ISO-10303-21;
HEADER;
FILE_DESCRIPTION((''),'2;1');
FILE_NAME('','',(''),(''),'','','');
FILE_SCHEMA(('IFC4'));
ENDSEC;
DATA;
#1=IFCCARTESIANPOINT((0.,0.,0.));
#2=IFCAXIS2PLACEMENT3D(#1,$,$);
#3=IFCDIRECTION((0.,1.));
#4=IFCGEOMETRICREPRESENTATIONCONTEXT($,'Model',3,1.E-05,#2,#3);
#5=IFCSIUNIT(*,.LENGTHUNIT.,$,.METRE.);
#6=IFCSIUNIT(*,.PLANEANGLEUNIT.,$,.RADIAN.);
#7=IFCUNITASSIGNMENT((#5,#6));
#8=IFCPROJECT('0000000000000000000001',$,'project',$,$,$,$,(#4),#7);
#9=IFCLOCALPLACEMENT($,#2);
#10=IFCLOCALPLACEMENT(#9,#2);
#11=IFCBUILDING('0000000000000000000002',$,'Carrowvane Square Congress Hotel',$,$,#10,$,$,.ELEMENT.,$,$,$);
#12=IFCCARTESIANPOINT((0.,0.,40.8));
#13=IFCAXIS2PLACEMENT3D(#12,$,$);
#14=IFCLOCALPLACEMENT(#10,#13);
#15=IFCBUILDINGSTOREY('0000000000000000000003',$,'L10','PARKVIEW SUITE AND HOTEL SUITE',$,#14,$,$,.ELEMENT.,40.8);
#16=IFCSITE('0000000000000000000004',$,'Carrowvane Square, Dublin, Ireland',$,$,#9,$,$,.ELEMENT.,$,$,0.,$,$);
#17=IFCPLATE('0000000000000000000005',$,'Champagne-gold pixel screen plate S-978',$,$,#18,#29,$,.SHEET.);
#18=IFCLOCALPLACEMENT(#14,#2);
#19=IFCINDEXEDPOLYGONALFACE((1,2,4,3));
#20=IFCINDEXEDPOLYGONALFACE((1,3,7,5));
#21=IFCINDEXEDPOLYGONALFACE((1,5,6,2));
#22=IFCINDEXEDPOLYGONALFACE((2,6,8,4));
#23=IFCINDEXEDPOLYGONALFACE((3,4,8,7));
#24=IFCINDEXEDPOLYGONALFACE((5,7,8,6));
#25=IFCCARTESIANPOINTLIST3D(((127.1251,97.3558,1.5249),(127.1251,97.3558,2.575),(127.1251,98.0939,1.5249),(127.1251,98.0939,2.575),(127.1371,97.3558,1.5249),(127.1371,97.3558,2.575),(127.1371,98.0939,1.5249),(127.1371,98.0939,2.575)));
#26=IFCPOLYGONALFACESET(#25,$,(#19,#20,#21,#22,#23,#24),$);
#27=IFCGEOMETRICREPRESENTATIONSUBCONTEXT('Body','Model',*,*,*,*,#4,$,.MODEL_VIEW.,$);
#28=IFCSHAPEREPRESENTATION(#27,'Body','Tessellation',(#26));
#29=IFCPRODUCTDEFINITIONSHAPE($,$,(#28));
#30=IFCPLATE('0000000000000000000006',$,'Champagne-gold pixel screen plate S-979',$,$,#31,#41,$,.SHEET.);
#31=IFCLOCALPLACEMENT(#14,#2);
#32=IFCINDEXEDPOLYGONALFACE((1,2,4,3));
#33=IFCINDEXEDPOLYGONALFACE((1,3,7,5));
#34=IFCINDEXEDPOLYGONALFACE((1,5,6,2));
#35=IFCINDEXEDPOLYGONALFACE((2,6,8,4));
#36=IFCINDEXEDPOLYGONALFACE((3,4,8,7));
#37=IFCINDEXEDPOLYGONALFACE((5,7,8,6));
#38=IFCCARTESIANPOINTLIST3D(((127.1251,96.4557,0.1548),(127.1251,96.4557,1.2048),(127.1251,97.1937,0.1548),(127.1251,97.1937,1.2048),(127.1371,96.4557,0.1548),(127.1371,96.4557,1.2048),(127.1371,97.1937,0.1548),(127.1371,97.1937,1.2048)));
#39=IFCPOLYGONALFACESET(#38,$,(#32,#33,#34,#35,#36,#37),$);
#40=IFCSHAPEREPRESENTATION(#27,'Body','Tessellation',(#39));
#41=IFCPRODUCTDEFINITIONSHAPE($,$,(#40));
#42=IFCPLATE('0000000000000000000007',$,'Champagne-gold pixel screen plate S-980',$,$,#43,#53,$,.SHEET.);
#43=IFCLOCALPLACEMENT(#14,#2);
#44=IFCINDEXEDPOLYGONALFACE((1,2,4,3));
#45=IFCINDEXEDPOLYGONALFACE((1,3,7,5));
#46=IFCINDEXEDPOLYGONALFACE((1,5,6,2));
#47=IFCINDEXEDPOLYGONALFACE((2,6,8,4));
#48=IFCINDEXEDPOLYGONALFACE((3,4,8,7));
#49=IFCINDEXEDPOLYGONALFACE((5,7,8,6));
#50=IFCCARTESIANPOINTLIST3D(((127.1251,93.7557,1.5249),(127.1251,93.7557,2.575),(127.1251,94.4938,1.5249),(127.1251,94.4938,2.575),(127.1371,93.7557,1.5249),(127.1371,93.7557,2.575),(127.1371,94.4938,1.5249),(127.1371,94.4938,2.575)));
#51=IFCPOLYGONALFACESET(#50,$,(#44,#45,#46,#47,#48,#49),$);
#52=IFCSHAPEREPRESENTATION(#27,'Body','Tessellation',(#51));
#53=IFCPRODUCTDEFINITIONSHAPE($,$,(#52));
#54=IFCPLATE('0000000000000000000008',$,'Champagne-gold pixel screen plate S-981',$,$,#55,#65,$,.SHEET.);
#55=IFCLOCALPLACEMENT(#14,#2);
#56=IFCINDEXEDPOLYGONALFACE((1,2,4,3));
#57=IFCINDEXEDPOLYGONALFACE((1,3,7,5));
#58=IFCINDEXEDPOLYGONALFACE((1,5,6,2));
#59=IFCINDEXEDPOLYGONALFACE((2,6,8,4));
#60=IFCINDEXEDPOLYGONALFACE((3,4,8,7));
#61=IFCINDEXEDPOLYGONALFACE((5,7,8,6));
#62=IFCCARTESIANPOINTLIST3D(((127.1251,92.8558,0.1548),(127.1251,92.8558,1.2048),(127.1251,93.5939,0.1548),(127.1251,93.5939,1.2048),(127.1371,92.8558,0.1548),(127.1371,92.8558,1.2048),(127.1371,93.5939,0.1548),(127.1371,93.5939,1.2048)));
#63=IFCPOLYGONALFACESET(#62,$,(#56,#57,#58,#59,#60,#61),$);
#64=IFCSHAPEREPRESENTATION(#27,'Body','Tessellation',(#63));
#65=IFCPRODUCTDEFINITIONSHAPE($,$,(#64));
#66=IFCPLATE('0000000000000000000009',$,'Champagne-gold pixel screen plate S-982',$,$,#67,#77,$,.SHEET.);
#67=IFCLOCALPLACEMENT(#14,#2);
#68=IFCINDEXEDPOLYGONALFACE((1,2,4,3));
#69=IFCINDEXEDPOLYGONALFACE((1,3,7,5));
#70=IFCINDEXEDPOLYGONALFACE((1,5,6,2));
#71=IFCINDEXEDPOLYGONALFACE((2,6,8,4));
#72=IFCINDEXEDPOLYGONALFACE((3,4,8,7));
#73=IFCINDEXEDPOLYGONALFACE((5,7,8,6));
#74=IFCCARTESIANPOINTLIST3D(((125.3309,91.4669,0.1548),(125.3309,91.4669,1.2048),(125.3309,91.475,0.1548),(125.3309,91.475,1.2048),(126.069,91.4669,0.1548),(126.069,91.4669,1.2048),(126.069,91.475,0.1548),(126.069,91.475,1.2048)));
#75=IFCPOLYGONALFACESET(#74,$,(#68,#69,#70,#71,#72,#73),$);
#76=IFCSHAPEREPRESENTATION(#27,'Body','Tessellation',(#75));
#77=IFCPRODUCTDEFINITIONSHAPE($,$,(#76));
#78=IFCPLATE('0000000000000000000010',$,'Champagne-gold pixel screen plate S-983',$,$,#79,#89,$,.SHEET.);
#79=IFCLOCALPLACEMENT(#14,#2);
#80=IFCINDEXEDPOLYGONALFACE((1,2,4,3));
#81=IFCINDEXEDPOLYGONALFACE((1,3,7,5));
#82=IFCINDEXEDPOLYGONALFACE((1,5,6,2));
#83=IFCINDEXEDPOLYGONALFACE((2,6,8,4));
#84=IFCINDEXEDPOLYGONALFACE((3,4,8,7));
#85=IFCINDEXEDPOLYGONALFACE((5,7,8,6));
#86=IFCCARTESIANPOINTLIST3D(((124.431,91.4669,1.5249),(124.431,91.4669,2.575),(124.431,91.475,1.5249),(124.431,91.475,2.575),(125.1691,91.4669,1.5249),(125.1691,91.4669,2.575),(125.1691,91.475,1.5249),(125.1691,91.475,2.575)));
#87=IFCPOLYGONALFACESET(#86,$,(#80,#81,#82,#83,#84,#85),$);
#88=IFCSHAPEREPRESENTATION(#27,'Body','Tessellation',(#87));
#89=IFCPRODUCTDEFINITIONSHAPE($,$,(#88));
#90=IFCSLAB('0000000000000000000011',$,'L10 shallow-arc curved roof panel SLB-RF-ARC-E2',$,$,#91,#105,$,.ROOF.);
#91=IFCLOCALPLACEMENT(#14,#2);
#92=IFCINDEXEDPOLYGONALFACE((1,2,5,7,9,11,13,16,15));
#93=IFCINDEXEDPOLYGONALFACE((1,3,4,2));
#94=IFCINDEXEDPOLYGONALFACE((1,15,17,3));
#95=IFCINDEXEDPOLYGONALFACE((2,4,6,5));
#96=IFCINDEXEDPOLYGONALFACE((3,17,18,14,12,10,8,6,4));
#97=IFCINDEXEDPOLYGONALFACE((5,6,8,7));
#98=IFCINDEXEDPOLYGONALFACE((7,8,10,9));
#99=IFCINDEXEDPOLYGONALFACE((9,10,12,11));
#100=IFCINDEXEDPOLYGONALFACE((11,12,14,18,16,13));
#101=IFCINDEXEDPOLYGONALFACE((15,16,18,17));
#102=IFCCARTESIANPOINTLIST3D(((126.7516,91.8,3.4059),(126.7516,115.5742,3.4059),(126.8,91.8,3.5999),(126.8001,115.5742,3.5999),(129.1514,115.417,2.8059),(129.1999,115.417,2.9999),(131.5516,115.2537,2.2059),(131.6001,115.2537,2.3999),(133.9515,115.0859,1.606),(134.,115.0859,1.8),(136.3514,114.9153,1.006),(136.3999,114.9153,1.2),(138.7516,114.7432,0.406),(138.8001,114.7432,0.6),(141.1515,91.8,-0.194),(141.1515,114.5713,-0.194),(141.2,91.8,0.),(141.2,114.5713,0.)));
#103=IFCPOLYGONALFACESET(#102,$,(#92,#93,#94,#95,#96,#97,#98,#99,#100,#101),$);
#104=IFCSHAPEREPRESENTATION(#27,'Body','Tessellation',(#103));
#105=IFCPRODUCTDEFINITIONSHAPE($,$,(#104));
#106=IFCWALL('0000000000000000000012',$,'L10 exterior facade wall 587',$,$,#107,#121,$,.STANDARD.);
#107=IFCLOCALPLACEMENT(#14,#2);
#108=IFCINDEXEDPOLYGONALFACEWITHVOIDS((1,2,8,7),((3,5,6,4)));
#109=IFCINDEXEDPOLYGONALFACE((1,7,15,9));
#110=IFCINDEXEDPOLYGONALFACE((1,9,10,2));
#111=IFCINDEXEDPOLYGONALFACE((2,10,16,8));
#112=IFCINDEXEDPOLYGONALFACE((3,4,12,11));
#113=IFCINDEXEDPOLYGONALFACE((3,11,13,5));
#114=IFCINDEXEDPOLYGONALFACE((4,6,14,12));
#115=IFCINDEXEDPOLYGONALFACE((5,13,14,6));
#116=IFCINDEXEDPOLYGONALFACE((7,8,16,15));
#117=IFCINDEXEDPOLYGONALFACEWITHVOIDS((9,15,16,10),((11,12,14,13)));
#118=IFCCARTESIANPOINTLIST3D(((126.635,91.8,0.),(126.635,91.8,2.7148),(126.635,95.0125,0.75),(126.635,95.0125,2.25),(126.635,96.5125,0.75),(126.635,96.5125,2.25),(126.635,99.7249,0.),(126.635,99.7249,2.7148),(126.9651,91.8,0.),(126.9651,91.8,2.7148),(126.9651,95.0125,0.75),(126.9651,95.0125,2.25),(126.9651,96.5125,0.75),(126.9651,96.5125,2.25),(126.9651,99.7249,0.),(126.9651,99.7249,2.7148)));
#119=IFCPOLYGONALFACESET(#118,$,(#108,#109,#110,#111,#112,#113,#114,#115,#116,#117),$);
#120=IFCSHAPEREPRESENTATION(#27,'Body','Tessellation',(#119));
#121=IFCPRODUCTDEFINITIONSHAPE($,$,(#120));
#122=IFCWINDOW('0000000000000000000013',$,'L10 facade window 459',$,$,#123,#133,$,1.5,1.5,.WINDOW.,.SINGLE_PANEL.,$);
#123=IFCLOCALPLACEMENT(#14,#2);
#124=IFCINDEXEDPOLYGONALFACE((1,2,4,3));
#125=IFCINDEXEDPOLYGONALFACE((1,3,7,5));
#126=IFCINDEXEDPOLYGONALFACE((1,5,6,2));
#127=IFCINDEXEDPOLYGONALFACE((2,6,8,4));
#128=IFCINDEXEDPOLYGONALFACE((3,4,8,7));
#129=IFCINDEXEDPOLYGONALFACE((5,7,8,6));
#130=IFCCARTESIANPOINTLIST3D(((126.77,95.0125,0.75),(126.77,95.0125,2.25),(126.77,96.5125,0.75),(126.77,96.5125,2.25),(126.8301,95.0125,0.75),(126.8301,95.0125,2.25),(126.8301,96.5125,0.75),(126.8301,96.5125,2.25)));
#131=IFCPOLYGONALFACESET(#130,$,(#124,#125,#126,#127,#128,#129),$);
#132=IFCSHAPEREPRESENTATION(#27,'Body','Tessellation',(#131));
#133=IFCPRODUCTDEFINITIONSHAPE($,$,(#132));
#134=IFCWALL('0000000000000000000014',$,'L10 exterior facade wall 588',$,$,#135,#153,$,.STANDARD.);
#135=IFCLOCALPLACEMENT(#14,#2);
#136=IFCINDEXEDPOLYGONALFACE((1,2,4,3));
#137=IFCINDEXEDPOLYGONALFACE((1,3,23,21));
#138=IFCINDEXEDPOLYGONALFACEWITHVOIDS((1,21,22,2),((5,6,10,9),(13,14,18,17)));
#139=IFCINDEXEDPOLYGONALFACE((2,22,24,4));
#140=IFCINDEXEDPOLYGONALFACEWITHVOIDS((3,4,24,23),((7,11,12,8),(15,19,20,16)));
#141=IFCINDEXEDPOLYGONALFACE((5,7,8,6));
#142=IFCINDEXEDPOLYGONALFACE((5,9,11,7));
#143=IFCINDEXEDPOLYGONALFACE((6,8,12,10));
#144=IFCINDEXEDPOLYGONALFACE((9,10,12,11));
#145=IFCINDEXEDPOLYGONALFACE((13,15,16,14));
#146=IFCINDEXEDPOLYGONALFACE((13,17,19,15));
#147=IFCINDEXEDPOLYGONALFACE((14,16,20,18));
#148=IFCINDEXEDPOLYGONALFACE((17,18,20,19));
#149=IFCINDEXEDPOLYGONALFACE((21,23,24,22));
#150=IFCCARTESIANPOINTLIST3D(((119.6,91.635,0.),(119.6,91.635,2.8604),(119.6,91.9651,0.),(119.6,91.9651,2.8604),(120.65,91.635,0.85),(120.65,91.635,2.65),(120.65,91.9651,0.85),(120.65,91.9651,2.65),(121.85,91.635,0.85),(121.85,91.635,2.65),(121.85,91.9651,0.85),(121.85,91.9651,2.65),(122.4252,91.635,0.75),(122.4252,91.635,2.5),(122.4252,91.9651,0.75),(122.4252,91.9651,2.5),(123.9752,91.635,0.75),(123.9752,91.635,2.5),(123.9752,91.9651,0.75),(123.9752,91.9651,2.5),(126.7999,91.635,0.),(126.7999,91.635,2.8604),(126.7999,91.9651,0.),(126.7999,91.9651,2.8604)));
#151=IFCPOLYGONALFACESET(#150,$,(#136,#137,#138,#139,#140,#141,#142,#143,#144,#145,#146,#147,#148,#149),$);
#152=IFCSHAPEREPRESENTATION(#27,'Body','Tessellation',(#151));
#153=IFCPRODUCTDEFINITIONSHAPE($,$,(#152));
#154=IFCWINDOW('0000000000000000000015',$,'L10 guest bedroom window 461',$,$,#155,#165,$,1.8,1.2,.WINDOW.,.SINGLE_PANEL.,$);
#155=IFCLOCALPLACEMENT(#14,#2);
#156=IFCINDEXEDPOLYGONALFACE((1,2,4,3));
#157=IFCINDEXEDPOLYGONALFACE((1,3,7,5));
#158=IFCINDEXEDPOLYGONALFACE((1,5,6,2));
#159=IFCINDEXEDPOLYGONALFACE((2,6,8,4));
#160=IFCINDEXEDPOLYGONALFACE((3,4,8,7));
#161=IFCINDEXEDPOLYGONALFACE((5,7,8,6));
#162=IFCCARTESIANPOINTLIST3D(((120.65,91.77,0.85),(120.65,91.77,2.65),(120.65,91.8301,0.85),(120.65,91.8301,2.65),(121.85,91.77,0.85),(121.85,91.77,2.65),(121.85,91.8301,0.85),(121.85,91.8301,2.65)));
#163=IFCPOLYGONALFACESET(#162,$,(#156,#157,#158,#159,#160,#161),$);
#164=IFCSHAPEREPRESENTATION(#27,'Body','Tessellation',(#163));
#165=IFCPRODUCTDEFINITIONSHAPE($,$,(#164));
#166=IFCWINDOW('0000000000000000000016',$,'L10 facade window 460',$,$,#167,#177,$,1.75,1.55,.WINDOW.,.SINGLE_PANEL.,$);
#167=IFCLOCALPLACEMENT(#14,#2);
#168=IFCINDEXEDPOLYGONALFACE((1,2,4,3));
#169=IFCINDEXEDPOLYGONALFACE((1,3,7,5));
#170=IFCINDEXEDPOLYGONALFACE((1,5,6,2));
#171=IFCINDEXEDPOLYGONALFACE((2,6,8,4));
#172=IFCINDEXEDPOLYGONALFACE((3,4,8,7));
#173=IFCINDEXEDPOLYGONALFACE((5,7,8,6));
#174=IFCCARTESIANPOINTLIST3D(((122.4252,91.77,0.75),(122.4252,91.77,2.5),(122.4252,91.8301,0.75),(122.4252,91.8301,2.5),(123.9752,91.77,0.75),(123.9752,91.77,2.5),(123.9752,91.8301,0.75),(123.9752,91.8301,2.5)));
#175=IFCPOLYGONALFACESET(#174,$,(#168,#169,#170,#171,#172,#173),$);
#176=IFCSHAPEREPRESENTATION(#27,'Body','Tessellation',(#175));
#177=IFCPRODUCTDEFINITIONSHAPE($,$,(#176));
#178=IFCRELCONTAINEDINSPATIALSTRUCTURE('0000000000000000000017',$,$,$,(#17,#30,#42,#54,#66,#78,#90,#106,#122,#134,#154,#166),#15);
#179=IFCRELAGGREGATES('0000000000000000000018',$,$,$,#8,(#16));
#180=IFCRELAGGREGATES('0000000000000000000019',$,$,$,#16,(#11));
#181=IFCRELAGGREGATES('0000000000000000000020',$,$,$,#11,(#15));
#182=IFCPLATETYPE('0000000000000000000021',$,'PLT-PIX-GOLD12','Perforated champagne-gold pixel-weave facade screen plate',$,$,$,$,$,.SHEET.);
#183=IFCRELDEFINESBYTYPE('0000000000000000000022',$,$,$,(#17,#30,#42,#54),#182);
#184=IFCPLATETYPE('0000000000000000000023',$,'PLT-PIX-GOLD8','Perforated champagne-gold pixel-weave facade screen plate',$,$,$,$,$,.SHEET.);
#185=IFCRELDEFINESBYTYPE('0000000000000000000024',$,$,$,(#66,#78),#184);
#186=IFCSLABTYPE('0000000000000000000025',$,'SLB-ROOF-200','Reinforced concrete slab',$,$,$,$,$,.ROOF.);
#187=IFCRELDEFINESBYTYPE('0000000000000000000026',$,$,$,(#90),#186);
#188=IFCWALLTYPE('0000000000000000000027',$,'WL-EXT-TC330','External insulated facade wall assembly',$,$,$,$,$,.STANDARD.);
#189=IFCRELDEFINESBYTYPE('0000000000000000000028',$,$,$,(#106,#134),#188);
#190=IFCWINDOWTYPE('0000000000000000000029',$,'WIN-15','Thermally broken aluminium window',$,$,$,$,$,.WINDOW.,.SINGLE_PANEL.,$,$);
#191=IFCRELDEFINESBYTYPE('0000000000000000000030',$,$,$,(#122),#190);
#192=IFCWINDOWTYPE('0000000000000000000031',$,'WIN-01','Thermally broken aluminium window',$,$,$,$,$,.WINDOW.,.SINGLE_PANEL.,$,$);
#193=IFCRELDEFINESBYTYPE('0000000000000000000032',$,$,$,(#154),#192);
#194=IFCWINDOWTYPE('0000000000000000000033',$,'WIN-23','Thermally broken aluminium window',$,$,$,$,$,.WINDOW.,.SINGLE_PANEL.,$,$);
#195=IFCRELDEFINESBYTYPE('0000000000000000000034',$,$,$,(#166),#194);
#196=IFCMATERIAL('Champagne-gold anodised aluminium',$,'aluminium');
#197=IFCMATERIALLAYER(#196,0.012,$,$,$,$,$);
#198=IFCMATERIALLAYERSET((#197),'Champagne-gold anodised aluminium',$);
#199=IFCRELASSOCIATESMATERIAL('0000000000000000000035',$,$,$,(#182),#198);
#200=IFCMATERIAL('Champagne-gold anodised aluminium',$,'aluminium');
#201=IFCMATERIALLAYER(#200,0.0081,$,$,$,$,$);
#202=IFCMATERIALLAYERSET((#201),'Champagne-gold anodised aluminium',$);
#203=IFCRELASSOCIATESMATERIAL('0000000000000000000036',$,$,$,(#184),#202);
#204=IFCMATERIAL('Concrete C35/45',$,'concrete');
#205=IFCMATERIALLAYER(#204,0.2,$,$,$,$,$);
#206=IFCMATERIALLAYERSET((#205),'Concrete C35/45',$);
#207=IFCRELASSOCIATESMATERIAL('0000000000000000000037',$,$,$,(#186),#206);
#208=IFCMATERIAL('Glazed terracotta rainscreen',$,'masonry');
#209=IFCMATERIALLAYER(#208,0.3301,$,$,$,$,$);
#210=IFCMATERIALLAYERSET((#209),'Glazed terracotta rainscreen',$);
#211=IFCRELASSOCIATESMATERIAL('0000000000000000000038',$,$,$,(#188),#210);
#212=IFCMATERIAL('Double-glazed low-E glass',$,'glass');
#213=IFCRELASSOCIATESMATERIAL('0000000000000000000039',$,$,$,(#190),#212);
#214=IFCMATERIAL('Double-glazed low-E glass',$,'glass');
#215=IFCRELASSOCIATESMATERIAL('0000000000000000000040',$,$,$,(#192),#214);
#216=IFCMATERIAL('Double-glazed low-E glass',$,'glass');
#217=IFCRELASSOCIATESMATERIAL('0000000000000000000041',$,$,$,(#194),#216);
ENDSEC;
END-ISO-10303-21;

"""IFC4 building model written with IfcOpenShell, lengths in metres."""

from ifc_helpers import new_model, si_unit, direction, frame, frame_2d, origin, origin_2d, place, context, subcontext, project, spatial, polyline, rectangle, outline, extrude, material, layer, layer_set, type_object, element, fill, save


model = new_model("IFC4")

# Units and contexts
model_context = context("Model", 3, precision=1e-05, world=origin(), true_north=direction((0.0, 1.0)))
body_context = subcontext(model_context, "Body", "Model", "MODEL_VIEW")
ifc_project = project(units=[si_unit("LENGTHUNIT", "METRE"), si_unit("PLANEANGLEUNIT", "RADIAN")], contexts=[model_context])

# Site, building, storey
site_placement = place(None, origin())
site = spatial("IfcSite", under=ifc_project, at=site_placement, Name="Carrowvane Square, Dublin, Ireland", CompositionType="ELEMENT", RefElevation=0.0)
building_placement = place(site_placement, origin())
building = spatial("IfcBuilding", under=site, at=building_placement, Name="Carrowvane Square Congress Hotel", CompositionType="ELEMENT")
storey_placement = place(building_placement, frame((0.0, 0.0, 40.8)))
storey = spatial("IfcBuildingStorey", under=building, at=storey_placement, Name="L10", Description="PARKVIEW SUITE AND HOTEL SUITE", CompositionType="ELEMENT", Elevation=40.8)

# Plates
ifc_material_1 = material(Name="Champagne-gold anodised aluminium", Category="aluminium")
ifc_layer_1 = layer(ifc_material_1, 0.012)
ifc_layer_set_1 = layer_set([ifc_layer_1], Name="Champagne-gold anodised aluminium")
plate_type_1 = type_object("IfcPlateType", Name="PLT-PIX-GOLD12", Description="Perforated champagne-gold pixel-weave facade screen plate", PredefinedType="SHEET", material=ifc_layer_set_1)
for number, where, z_axis, x_axis, name in (
    (1, (127.1311, 97.7249, 1.5249), (0.0, 0.0, 1.0), (0.0, -1.0, 0.0), "Champagne-gold pixel screen plate S-978"),
    (2, (127.1311, 96.8247, 0.1548), (0.0, 0.0, 1.0), (0.0, -1.0, 0.0), "Champagne-gold pixel screen plate S-979"),
    (3, (127.1311, 94.1248, 1.5249), (0.0, 0.0, 1.0), (0.0, -1.0, 0.0), "Champagne-gold pixel screen plate S-980"),
    (4, (127.1311, 93.2249, 0.1548), (0.0, 0.0, 1.0), (0.0, -1.0, 0.0), "Champagne-gold pixel screen plate S-981"),
):
    element("IfcPlate", number, at=place(storey_placement, frame(where, z_axis=z_axis, x_axis=x_axis)), inside=storey, type_object=plate_type_1, Name=name, PredefinedType="SHEET", context=body_context, shape_type="SweptSolid", body=[
        extrude(rectangle(XDim=0.738, YDim=0.012, at=origin_2d()), origin(), (0.0, 0.0, 1.0), 1.05),
    ])
ifc_material_2 = material(Name="Champagne-gold anodised aluminium", Category="aluminium")
ifc_layer_2 = layer(ifc_material_2, 0.0081)
ifc_layer_set_2 = layer_set([ifc_layer_2], Name="Champagne-gold anodised aluminium")
plate_type_2 = type_object("IfcPlateType", Name="PLT-PIX-GOLD8", Description="Perforated champagne-gold pixel-weave facade screen plate", PredefinedType="SHEET", material=ifc_layer_set_2)
for number, where, z_axis, x_axis, name in (
    (5, (125.7, 91.4709, 0.1548), (0.0, 0.0, 1.0), (-1.0, 0.0, 0.0), "Champagne-gold pixel screen plate S-982"),
    (6, (124.8, 91.4709, 1.5249), (0.0, 0.0, 1.0), (-1.0, 0.0, 0.0), "Champagne-gold pixel screen plate S-983"),
):
    element("IfcPlate", number, at=place(storey_placement, frame(where, z_axis=z_axis, x_axis=x_axis)), inside=storey, type_object=plate_type_2, Name=name, PredefinedType="SHEET", context=body_context, shape_type="SweptSolid", body=[
        extrude(rectangle(XDim=0.738, YDim=0.0081, at=origin_2d()), origin(), (0.0, 0.0, 1.0), 1.05),
    ])

# Slab
ifc_material_3 = material(Name="Concrete C35/45", Category="concrete")
ifc_layer_3 = layer(ifc_material_3, 0.2)
ifc_layer_set_3 = layer_set([ifc_layer_3], Name="Concrete C35/45")
slab_type = type_object("IfcSlabType", Name="SLB-ROOF-200", Description="Reinforced concrete slab", PredefinedType="ROOF", material=ifc_layer_set_3)
slab_placement = place(storey_placement, frame((126.8, 91.8, 3.5999), z_axis=(0.242528, -0.000001, 0.970144), x_axis=(0.970144, 0.0, -0.242528)))
element("IfcSlab", 7, at=slab_placement, inside=storey, type_object=slab_type, Name="L10 shallow-arc curved roof panel SLB-RF-ARC-E2", PredefinedType="ROOF", context=body_context, shape_type="SweptSolid", body=[
    extrude(outline(polyline([(0.0, 0.0), (14.843, 0.0), (14.843, 22.7712), (12.3693, 22.9431), (9.8953, 23.1152), (7.4215, 23.2859), (4.9478, 23.4536), (2.4737, 23.6169), (0.0, 23.7742), (0.0, 0.0)])), origin(), (0.0, 0.0, -1.0), 0.2),
])

# Wall, opening, window
ifc_material_4 = material(Name="Glazed terracotta rainscreen", Category="masonry")
ifc_layer_4 = layer(ifc_material_4, 0.3301)
ifc_layer_set_4 = layer_set([ifc_layer_4], Name="Glazed terracotta rainscreen")
wall_type = type_object("IfcWallType", Name="WL-EXT-TC330", Description="External insulated facade wall assembly", PredefinedType="STANDARD", material=ifc_layer_set_4)
wall_1_placement = place(storey_placement, frame((126.8, 99.7249, 0.0), z_axis=(0.0, 0.0, 1.0), x_axis=(0.0, -1.0, 0.0)))
wall_1 = element("IfcWall", 8, at=wall_1_placement, inside=storey, type_object=wall_type, Name="L10 exterior facade wall 587", PredefinedType="STANDARD", context=body_context, shape_type="SweptSolid", body=[
    extrude(rectangle(XDim=7.9248, YDim=0.3301, at=frame_2d((3.9624, 0.0))), origin(), (0.0, 0.0, 1.0), 2.7148),
])
opening_1_placement = place(wall_1_placement, frame((3.2124, 0.0, 0.75)))
opening_1 = element("IfcOpeningElement", 9, at=opening_1_placement, cuts=wall_1, PredefinedType="OPENING", context=body_context, shape_type="SweptSolid", body=[
    extrude(rectangle(XDim=1.5, YDim=1.5, at=frame_2d((0.75, 0.75))), frame((0.0, 0.175, 0.0), z_axis=(0.0, -1.0, 0.0), x_axis=(1.0, 0.0, 0.0)), (0.0, 0.0, 1.0), 0.3501),
])
ifc_material_5 = material(Name="Double-glazed low-E glass", Category="glass")
window_type_1 = type_object("IfcWindowType", Name="WIN-15", Description="Thermally broken aluminium window", PartitioningType="SINGLE_PANEL", PredefinedType="WINDOW", material=ifc_material_5)
window_1_placement = place(opening_1_placement, origin())
window_1 = element("IfcWindow", 10, at=window_1_placement, inside=storey, type_object=window_type_1, Name="L10 facade window 459", OverallHeight=1.5, OverallWidth=1.5, PartitioningType="SINGLE_PANEL", PredefinedType="WINDOW", context=body_context, shape_type="SweptSolid", body=[
    extrude(rectangle(XDim=1.5, YDim=1.5, at=frame_2d((0.75, 0.75))), frame((0.0, 0.03, 0.0), z_axis=(0.0, -1.0, 0.0), x_axis=(1.0, 0.0, 0.0)), (0.0, 0.0, 1.0), 0.0601),
])
fill(opening_1, window_1)

# Wall, openings, windows
wall_2_placement = place(storey_placement, frame((126.8, 91.8, 0.0), z_axis=(0.0, 0.0, 1.0), x_axis=(-1.0, 0.0, 0.0)))
wall_2 = element("IfcWall", 11, at=wall_2_placement, inside=storey, type_object=wall_type, Name="L10 exterior facade wall 588", PredefinedType="STANDARD", context=body_context, shape_type="SweptSolid", body=[
    extrude(rectangle(XDim=7.2, YDim=0.3301, at=frame_2d((3.6001, 0.0))), origin(), (0.0, 0.0, 1.0), 2.8604),
])
opening_2_placement = place(wall_2_placement, frame((2.825, 0.0, 0.75)))
opening_2 = element("IfcOpeningElement", 12, at=opening_2_placement, cuts=wall_2, PredefinedType="OPENING", context=body_context, shape_type="SweptSolid", body=[
    extrude(rectangle(XDim=1.55, YDim=1.75, at=frame_2d((0.7749, 0.875))), frame((0.0, 0.175, 0.0), z_axis=(0.0, -1.0, 0.0), x_axis=(1.0, 0.0, 0.0)), (0.0, 0.0, 1.0), 0.3501),
])
opening_3_placement = place(wall_2_placement, frame((4.95, 0.0, 0.8501)))
opening_3 = element("IfcOpeningElement", 13, at=opening_3_placement, cuts=wall_2, PredefinedType="OPENING", context=body_context, shape_type="SweptSolid", body=[
    extrude(rectangle(XDim=1.2, YDim=1.8, at=frame_2d((0.6001, 0.8999))), frame((0.0, 0.175, 0.0), z_axis=(0.0, -1.0, 0.0), x_axis=(1.0, 0.0, 0.0)), (0.0, 0.0, 1.0), 0.3501),
])
ifc_material_6 = material(Name="Double-glazed low-E glass", Category="glass")
window_type_2 = type_object("IfcWindowType", Name="WIN-01", Description="Thermally broken aluminium window", PartitioningType="SINGLE_PANEL", PredefinedType="WINDOW", material=ifc_material_6)
window_2_placement = place(opening_3_placement, origin())
window_2 = element("IfcWindow", 14, at=window_2_placement, inside=storey, type_object=window_type_2, Name="L10 guest bedroom window 461", OverallHeight=1.8, OverallWidth=1.2, PartitioningType="SINGLE_PANEL", PredefinedType="WINDOW", context=body_context, shape_type="SweptSolid", body=[
    extrude(rectangle(XDim=1.2, YDim=1.8, at=frame_2d((0.6001, 0.8999))), frame((0.0, 0.03, 0.0), z_axis=(0.0, -1.0, 0.0), x_axis=(1.0, 0.0, 0.0)), (0.0, 0.0, 1.0), 0.0601),
])
fill(opening_3, window_2)
ifc_material_7 = material(Name="Double-glazed low-E glass", Category="glass")
window_type_3 = type_object("IfcWindowType", Name="WIN-23", Description="Thermally broken aluminium window", PartitioningType="SINGLE_PANEL", PredefinedType="WINDOW", material=ifc_material_7)
window_3_placement = place(opening_2_placement, origin())
window_3 = element("IfcWindow", 15, at=window_3_placement, inside=storey, type_object=window_type_3, Name="L10 facade window 460", OverallHeight=1.75, OverallWidth=1.55, PartitioningType="SINGLE_PANEL", PredefinedType="WINDOW", context=body_context, shape_type="SweptSolid", body=[
    extrude(rectangle(XDim=1.55, YDim=1.75, at=frame_2d((0.7749, 0.875))), frame((0.0, 0.03, 0.0), z_axis=(0.0, -1.0, 0.0), x_axis=(1.0, 0.0, 0.0)), (0.0, 0.0, 1.0), 0.0601),
])
fill(opening_2, window_3)

save(model, "model.ifc")
